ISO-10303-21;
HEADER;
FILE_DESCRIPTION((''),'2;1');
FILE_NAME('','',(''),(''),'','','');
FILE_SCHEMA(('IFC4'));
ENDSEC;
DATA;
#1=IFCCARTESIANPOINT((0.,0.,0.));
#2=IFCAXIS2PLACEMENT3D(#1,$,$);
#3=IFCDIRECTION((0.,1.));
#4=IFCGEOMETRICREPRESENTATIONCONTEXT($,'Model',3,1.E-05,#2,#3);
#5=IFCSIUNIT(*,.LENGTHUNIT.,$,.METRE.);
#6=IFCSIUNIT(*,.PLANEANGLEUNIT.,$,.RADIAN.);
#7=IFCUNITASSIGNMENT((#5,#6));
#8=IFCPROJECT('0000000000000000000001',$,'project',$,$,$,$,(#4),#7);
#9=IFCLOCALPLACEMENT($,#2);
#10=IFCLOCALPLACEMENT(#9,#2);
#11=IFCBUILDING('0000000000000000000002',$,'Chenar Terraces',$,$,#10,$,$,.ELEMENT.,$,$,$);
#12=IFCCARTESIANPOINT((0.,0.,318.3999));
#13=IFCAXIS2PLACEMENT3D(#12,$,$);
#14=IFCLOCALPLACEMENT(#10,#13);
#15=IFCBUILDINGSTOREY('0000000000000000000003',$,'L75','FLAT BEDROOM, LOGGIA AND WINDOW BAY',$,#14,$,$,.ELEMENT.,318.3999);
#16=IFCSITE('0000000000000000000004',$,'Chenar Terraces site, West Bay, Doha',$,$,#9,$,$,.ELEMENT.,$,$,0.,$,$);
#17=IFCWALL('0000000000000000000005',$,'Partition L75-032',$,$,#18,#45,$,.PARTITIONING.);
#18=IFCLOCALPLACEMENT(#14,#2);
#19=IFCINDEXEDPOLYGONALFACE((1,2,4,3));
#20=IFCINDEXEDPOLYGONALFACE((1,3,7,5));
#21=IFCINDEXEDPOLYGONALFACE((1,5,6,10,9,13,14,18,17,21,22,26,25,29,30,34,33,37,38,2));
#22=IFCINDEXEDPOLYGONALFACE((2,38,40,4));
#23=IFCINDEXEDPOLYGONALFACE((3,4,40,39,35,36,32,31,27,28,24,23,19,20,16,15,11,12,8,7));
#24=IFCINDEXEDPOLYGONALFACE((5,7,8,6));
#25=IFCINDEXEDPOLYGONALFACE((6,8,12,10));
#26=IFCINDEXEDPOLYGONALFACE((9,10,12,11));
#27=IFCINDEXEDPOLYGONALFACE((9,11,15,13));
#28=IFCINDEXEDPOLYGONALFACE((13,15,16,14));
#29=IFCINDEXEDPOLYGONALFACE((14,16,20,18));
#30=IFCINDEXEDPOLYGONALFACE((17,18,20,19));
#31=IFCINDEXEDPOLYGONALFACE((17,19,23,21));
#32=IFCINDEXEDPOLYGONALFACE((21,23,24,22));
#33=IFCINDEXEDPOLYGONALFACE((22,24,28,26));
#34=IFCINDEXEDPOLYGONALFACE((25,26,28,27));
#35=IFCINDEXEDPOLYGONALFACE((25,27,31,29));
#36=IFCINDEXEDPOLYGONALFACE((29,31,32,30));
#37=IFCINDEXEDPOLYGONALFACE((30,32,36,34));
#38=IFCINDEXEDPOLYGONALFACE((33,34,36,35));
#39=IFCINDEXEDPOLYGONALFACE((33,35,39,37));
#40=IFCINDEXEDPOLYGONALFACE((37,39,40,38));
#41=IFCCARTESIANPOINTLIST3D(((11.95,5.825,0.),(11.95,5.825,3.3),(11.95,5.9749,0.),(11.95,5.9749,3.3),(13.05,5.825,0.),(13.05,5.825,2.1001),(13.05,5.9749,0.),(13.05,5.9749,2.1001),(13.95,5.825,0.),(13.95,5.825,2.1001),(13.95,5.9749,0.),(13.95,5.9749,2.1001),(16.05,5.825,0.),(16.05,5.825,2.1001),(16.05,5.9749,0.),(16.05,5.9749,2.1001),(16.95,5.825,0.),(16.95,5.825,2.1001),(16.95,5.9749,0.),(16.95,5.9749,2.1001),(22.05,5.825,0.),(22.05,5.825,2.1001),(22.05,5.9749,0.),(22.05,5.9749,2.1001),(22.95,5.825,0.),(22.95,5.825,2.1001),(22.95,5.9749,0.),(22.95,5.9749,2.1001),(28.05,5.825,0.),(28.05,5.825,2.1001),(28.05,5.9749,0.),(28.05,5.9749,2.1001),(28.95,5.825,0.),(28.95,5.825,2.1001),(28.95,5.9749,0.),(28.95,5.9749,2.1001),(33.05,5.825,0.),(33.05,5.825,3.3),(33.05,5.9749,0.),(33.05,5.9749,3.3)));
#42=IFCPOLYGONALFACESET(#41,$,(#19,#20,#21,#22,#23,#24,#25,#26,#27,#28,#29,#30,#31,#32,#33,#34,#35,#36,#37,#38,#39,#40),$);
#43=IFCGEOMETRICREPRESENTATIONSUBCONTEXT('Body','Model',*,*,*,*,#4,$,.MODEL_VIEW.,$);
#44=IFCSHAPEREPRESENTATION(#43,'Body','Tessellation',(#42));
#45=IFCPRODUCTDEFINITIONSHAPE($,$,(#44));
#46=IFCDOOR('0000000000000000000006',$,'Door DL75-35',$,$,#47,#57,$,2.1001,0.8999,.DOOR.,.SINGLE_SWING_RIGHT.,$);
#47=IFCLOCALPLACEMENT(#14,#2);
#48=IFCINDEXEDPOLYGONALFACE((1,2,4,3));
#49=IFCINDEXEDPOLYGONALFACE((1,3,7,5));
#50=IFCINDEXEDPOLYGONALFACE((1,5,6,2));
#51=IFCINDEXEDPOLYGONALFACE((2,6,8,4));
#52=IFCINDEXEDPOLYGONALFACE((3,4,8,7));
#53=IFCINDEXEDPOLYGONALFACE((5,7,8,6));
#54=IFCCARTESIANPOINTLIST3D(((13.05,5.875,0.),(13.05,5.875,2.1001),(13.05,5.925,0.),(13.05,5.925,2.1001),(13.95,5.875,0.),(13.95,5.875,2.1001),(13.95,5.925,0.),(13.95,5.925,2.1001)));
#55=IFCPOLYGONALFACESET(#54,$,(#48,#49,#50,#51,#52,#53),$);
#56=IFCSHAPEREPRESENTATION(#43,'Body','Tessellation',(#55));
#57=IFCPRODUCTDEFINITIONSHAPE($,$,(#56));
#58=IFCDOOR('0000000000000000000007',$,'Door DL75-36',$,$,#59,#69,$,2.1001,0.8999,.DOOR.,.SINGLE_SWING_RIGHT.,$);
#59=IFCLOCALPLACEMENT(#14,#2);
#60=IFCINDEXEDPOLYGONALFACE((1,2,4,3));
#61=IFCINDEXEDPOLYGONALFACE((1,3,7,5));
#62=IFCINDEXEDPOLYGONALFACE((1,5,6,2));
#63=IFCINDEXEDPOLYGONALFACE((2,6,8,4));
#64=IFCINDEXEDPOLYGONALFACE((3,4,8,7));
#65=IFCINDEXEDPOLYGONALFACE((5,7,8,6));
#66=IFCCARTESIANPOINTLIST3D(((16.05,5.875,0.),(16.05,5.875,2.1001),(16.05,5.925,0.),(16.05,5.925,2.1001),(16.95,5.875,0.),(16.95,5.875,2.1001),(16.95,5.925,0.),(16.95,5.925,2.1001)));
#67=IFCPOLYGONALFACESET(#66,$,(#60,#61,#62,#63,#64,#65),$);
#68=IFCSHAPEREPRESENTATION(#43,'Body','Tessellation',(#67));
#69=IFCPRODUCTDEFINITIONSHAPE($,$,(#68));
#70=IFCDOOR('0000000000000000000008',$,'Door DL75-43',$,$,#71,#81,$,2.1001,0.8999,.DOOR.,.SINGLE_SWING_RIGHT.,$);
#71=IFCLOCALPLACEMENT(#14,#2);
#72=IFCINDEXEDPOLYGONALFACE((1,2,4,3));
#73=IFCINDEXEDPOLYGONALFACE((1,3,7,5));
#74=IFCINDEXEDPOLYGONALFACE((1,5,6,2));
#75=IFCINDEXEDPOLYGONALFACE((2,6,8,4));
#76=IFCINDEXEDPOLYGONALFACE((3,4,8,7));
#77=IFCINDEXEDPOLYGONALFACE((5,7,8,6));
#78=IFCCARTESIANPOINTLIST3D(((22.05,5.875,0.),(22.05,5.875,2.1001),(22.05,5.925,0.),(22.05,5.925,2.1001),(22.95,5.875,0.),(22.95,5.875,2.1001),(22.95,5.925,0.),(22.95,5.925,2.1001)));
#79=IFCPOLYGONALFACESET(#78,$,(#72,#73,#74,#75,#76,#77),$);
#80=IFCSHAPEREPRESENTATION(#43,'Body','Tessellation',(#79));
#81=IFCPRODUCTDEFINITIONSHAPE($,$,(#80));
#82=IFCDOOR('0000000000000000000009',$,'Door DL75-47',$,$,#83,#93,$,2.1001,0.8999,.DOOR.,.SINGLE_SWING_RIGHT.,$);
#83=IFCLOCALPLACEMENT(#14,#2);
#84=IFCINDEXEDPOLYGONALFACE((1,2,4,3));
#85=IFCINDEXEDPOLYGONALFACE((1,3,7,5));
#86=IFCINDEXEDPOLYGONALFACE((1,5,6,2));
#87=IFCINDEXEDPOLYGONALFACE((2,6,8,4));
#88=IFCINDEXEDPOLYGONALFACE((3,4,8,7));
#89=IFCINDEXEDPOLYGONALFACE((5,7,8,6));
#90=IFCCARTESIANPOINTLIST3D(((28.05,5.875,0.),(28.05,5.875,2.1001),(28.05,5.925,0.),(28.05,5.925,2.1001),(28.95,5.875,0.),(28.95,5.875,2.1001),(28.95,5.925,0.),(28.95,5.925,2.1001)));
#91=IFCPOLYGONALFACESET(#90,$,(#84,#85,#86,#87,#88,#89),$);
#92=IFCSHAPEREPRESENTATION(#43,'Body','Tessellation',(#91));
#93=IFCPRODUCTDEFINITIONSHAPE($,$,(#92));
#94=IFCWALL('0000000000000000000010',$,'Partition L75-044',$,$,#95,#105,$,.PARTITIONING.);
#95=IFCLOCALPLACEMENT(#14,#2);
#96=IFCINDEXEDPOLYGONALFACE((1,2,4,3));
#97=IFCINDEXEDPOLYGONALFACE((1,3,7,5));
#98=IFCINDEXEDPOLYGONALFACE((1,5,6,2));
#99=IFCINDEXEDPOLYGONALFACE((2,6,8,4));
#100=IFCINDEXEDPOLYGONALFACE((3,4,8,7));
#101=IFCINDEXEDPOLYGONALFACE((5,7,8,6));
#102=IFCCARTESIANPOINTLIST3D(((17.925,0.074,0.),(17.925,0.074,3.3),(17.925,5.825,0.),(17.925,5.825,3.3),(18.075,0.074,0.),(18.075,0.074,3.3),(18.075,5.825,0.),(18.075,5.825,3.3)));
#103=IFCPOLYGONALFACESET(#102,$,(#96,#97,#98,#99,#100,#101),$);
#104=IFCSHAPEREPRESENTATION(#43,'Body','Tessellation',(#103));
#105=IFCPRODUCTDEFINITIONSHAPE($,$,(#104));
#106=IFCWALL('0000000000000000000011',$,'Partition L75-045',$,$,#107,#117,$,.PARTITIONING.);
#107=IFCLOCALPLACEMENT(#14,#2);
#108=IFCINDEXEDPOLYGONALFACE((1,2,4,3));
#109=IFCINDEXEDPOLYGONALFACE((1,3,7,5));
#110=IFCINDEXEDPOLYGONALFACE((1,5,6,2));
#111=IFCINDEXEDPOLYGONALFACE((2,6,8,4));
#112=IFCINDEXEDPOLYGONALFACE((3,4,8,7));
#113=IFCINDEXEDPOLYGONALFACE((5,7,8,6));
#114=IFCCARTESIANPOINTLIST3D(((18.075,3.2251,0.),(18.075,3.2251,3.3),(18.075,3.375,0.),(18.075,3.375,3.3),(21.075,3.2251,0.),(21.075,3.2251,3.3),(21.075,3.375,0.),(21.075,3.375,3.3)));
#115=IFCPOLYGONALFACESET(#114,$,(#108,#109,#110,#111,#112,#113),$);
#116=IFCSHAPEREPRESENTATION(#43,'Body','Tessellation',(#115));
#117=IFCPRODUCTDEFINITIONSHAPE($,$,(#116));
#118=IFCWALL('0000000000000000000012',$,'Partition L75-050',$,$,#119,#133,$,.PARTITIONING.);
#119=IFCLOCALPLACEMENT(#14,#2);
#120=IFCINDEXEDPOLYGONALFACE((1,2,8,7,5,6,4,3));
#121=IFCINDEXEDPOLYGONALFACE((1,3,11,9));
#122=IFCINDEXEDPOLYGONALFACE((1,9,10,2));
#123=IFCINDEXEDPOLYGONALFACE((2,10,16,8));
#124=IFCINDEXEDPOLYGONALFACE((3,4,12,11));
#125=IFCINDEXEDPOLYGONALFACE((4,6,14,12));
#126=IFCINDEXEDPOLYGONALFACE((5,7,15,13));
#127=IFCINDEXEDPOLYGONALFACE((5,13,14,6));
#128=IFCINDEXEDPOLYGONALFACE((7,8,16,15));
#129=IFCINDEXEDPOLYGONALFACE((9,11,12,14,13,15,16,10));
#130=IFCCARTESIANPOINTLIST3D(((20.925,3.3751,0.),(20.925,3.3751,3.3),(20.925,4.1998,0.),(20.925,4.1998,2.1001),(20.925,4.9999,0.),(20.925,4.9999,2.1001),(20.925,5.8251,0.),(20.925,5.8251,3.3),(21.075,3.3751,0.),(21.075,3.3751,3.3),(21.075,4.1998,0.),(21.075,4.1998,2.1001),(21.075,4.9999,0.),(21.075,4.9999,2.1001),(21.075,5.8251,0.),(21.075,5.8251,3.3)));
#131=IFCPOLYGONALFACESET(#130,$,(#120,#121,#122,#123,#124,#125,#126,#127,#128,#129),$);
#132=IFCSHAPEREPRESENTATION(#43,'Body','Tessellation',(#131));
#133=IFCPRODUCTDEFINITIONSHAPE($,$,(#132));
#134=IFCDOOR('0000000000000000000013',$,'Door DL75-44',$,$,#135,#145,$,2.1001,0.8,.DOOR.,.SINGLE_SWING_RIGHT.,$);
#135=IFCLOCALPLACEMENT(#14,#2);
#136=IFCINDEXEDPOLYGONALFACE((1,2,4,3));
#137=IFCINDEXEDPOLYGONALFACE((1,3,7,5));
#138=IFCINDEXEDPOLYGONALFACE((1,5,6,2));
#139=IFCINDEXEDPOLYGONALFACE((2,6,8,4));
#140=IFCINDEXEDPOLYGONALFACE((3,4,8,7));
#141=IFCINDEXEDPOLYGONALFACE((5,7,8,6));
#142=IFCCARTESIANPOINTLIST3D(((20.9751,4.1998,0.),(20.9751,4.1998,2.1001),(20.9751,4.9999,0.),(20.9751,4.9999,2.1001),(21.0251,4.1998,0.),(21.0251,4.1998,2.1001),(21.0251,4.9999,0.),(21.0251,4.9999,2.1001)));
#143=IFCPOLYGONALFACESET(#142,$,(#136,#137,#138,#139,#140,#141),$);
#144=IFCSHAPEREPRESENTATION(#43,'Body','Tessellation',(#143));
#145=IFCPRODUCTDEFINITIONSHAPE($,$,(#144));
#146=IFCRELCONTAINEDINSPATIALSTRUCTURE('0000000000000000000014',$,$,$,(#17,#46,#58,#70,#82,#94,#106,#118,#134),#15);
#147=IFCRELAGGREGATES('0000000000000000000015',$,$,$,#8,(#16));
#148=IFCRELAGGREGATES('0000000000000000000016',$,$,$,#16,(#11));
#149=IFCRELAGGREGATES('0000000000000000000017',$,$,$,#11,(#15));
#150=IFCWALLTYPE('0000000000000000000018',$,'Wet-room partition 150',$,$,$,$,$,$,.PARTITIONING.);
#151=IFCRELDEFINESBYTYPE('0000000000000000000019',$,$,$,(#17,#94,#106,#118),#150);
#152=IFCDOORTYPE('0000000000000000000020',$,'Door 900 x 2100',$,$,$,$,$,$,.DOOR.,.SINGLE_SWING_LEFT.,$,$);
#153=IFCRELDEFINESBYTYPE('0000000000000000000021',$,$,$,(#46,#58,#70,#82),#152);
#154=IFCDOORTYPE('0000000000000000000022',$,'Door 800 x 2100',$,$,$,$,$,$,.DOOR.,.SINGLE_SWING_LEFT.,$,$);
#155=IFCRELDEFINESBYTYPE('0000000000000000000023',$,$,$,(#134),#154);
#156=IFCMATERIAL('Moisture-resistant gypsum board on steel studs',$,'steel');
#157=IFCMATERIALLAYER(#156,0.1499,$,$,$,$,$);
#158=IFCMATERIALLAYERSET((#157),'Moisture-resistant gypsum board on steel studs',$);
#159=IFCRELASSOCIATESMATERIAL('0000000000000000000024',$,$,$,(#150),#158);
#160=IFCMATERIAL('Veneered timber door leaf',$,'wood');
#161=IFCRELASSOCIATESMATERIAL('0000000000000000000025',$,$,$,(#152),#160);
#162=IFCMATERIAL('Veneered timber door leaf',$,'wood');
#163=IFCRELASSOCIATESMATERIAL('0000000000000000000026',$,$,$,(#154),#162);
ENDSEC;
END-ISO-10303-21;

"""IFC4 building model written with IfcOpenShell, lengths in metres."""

from ifc_helpers import new_model, si_unit, direction, frame, frame_2d, origin, place, context, subcontext, project, spatial, rectangle, extrude, material, layer, layer_set, type_object, element, fill, save


model = new_model("IFC4")

# Units and contexts
model_context = context("Model", 3, precision=1e-05, world=origin(), true_north=direction((0.0, 1.0)))
body_context = subcontext(model_context, "Body", "Model", "MODEL_VIEW")
ifc_project = project(units=[si_unit("LENGTHUNIT", "METRE"), si_unit("PLANEANGLEUNIT", "RADIAN")], contexts=[model_context])

# Site, building, storey
site_placement = place(None, origin())
site = spatial("IfcSite", under=ifc_project, at=site_placement, Name="Chenar Terraces site, West Bay, Doha", CompositionType="ELEMENT", RefElevation=0.0)
building_placement = place(site_placement, origin())
building = spatial("IfcBuilding", under=site, at=building_placement, Name="Chenar Terraces", CompositionType="ELEMENT")
storey_placement = place(building_placement, frame((0.0, 0.0, 318.3999)))
storey = spatial("IfcBuildingStorey", under=building, at=storey_placement, Name="L75", Description="FLAT BEDROOM, LOGGIA AND WINDOW BAY", CompositionType="ELEMENT", Elevation=318.3999)

# Wall, openings, doors
ifc_material_1 = material(Name="Moisture-resistant gypsum board on steel studs", Category="steel")
ifc_layer_1 = layer(ifc_material_1, 0.1499)
ifc_layer_set_1 = layer_set([ifc_layer_1], Name="Moisture-resistant gypsum board on steel studs")
wall_type_1 = type_object("IfcWallType", Name="Wet-room partition 150", PredefinedType="PARTITIONING", material=ifc_layer_set_1)
wall_1_placement = place(storey_placement, frame((11.95, 5.8999, 0.0), z_axis=(0.0, 0.0, 1.0), x_axis=(1.0, 0.0, 0.0)))
wall_1 = element("IfcWall", 1, at=wall_1_placement, inside=storey, type_object=wall_type_1, Name="Partition L75-032", PredefinedType="PARTITIONING", context=body_context, shape_type="SweptSolid", body=[
    extrude(rectangle(XDim=21.1001, YDim=0.1499, at=frame_2d((10.55, 0.0))), origin(), (0.0, 0.0, 1.0), 3.3),
])
opening_1_placement = place(wall_1_placement, frame((1.1001, 0.0, 0.0)))
opening_1 = element("IfcOpeningElement", 2, at=opening_1_placement, cuts=wall_1, PredefinedType="OPENING", context=body_context, shape_type="SweptSolid", body=[
    extrude(rectangle(XDim=0.8999, YDim=2.1001, at=frame_2d((0.45, 1.05))), frame((0.0, 0.085, 0.0), z_axis=(0.0, -1.0, 0.0), x_axis=(1.0, 0.0, 0.0)), (0.0, 0.0, 1.0), 0.1699),
])
opening_2_placement = place(wall_1_placement, frame((4.1001, 0.0, 0.0)))
opening_2 = element("IfcOpeningElement", 3, at=opening_2_placement, cuts=wall_1, PredefinedType="OPENING", context=body_context, shape_type="SweptSolid", body=[
    extrude(rectangle(XDim=0.8999, YDim=2.1001, at=frame_2d((0.45, 1.05))), frame((0.0, 0.085, 0.0), z_axis=(0.0, -1.0, 0.0), x_axis=(1.0, 0.0, 0.0)), (0.0, 0.0, 1.0), 0.1699),
])
opening_3_placement = place(wall_1_placement, frame((10.1001, 0.0, 0.0)))
opening_3 = element("IfcOpeningElement", 4, at=opening_3_placement, cuts=wall_1, PredefinedType="OPENING", context=body_context, shape_type="SweptSolid", body=[
    extrude(rectangle(XDim=0.8999, YDim=2.1001, at=frame_2d((0.45, 1.05))), frame((0.0, 0.085, 0.0), z_axis=(0.0, -1.0, 0.0), x_axis=(1.0, 0.0, 0.0)), (0.0, 0.0, 1.0), 0.1699),
])
opening_4_placement = place(wall_1_placement, frame((16.1001, 0.0, 0.0)))
opening_4 = element("IfcOpeningElement", 5, at=opening_4_placement, cuts=wall_1, PredefinedType="OPENING", context=body_context, shape_type="SweptSolid", body=[
    extrude(rectangle(XDim=0.8999, YDim=2.1001, at=frame_2d((0.45, 1.05))), frame((0.0, 0.085, 0.0), z_axis=(0.0, -1.0, 0.0), x_axis=(1.0, 0.0, 0.0)), (0.0, 0.0, 1.0), 0.1699),
])
ifc_material_2 = material(Name="Veneered timber door leaf", Category="wood")
door_type_1 = type_object("IfcDoorType", Name="Door 900 x 2100", OperationType="SINGLE_SWING_LEFT", PredefinedType="DOOR", material=ifc_material_2)
door_1_placement = place(opening_1_placement, frame((0.8999, 0.0, 0.0), z_axis=(0.0, 0.0, 1.0), x_axis=(-1.0, 0.0, 0.0)))
door_1 = element("IfcDoor", 6, at=door_1_placement, inside=storey, type_object=door_type_1, Name="Door DL75-35", OperationType="SINGLE_SWING_RIGHT", OverallHeight=2.1001, OverallWidth=0.8999, PredefinedType="DOOR", context=body_context, shape_type="SweptSolid", body=[
    extrude(rectangle(XDim=0.8999, YDim=2.1001, at=frame_2d((0.45, 1.05))), frame((0.0, 0.0249, 0.0), z_axis=(0.0, -1.0, 0.0), x_axis=(1.0, 0.0, 0.0)), (0.0, 0.0, 1.0), 0.05),
])
fill(opening_1, door_1)
door_2_placement = place(opening_2_placement, frame((0.8999, 0.0, 0.0), z_axis=(0.0, 0.0, 1.0), x_axis=(-1.0, 0.0, 0.0)))
door_2 = element("IfcDoor", 7, at=door_2_placement, inside=storey, type_object=door_type_1, Name="Door DL75-36", OperationType="SINGLE_SWING_RIGHT", OverallHeight=2.1001, OverallWidth=0.8999, PredefinedType="DOOR", context=body_context, shape_type="SweptSolid", body=[
    extrude(rectangle(XDim=0.8999, YDim=2.1001, at=frame_2d((0.45, 1.05))), frame((0.0, 0.0249, 0.0), z_axis=(0.0, -1.0, 0.0), x_axis=(1.0, 0.0, 0.0)), (0.0, 0.0, 1.0), 0.05),
])
fill(opening_2, door_2)
door_3_placement = place(opening_3_placement, frame((0.8999, 0.0, 0.0), z_axis=(0.0, 0.0, 1.0), x_axis=(-1.0, 0.0, 0.0)))
door_3 = element("IfcDoor", 8, at=door_3_placement, inside=storey, type_object=door_type_1, Name="Door DL75-43", OperationType="SINGLE_SWING_RIGHT", OverallHeight=2.1001, OverallWidth=0.8999, PredefinedType="DOOR", context=body_context, shape_type="SweptSolid", body=[
    extrude(rectangle(XDim=0.8999, YDim=2.1001, at=frame_2d((0.45, 1.05))), frame((0.0, 0.0249, 0.0), z_axis=(0.0, -1.0, 0.0), x_axis=(1.0, 0.0, 0.0)), (0.0, 0.0, 1.0), 0.05),
])
fill(opening_3, door_3)
door_4_placement = place(opening_4_placement, frame((0.8999, 0.0, 0.0), z_axis=(0.0, 0.0, 1.0), x_axis=(-1.0, 0.0, 0.0)))
door_4 = element("IfcDoor", 9, at=door_4_placement, inside=storey, type_object=door_type_1, Name="Door DL75-47", OperationType="SINGLE_SWING_RIGHT", OverallHeight=2.1001, OverallWidth=0.8999, PredefinedType="DOOR", context=body_context, shape_type="SweptSolid", body=[
    extrude(rectangle(XDim=0.8999, YDim=2.1001, at=frame_2d((0.45, 1.05))), frame((0.0, 0.0249, 0.0), z_axis=(0.0, -1.0, 0.0), x_axis=(1.0, 0.0, 0.0)), (0.0, 0.0, 1.0), 0.05),
])
fill(opening_4, door_4)

# Walls
wall_2_placement = place(storey_placement, frame((18.0, 0.074, 0.0), z_axis=(0.0, 0.0, 1.0), x_axis=(0.0, 1.0, 0.0)))
element("IfcWall", 10, at=wall_2_placement, inside=storey, type_object=wall_type_1, Name="Partition L75-044", PredefinedType="PARTITIONING", context=body_context, shape_type="SweptSolid", body=[
    extrude(rectangle(XDim=5.751, YDim=0.1499, at=frame_2d((2.8755, 0.0))), origin(), (0.0, 0.0, 1.0), 3.3),
])
wall_3_placement = place(storey_placement, frame((18.075, 3.3, 0.0), z_axis=(0.0, 0.0, 1.0), x_axis=(1.0, 0.0, 0.0)))
element("IfcWall", 11, at=wall_3_placement, inside=storey, type_object=wall_type_1, Name="Partition L75-045", PredefinedType="PARTITIONING", context=body_context, shape_type="SweptSolid", body=[
    extrude(rectangle(XDim=3.0, YDim=0.1499, at=frame_2d((1.5, 0.0))), origin(), (0.0, 0.0, 1.0), 3.3),
])

# Wall, opening, door
wall_4_placement = place(storey_placement, frame((21.0, 3.375, 0.0), z_axis=(0.0, 0.0, 1.0), x_axis=(0.0, 1.0, 0.0)))
wall_4 = element("IfcWall", 12, at=wall_4_placement, inside=storey, type_object=wall_type_1, Name="Partition L75-050", PredefinedType="PARTITIONING", context=body_context, shape_type="SweptSolid", body=[
    extrude(rectangle(XDim=2.45, YDim=0.1499, at=frame_2d((1.2251, 0.0))), origin(), (0.0, 0.0, 1.0), 3.3),
])
opening_5_placement = place(wall_4_placement, frame((0.825, 0.0, 0.0)))
opening_5 = element("IfcOpeningElement", 13, at=opening_5_placement, cuts=wall_4, PredefinedType="OPENING", context=body_context, shape_type="SweptSolid", body=[
    extrude(rectangle(XDim=0.8, YDim=2.1001, at=frame_2d((0.3999, 1.05))), frame((0.0, 0.085, 0.0), z_axis=(0.0, -1.0, 0.0), x_axis=(1.0, 0.0, 0.0)), (0.0, 0.0, 1.0), 0.1699),
])
ifc_material_3 = material(Name="Veneered timber door leaf", Category="wood")
door_type_2 = type_object("IfcDoorType", Name="Door 800 x 2100", OperationType="SINGLE_SWING_LEFT", PredefinedType="DOOR", material=ifc_material_3)
door_5_placement = place(opening_5_placement, origin())
door_5 = element("IfcDoor", 14, at=door_5_placement, inside=storey, type_object=door_type_2, Name="Door DL75-44", OperationType="SINGLE_SWING_RIGHT", OverallHeight=2.1001, OverallWidth=0.8, PredefinedType="DOOR", context=body_context, shape_type="SweptSolid", body=[
    extrude(rectangle(XDim=0.8, YDim=2.1001, at=frame_2d((0.3999, 1.05))), frame((0.0, 0.0249, 0.0), z_axis=(0.0, -1.0, 0.0), x_axis=(1.0, 0.0, 0.0)), (0.0, 0.0, 1.0), 0.05),
])
fill(opening_5, door_5)

save(model, "model.ifc")
